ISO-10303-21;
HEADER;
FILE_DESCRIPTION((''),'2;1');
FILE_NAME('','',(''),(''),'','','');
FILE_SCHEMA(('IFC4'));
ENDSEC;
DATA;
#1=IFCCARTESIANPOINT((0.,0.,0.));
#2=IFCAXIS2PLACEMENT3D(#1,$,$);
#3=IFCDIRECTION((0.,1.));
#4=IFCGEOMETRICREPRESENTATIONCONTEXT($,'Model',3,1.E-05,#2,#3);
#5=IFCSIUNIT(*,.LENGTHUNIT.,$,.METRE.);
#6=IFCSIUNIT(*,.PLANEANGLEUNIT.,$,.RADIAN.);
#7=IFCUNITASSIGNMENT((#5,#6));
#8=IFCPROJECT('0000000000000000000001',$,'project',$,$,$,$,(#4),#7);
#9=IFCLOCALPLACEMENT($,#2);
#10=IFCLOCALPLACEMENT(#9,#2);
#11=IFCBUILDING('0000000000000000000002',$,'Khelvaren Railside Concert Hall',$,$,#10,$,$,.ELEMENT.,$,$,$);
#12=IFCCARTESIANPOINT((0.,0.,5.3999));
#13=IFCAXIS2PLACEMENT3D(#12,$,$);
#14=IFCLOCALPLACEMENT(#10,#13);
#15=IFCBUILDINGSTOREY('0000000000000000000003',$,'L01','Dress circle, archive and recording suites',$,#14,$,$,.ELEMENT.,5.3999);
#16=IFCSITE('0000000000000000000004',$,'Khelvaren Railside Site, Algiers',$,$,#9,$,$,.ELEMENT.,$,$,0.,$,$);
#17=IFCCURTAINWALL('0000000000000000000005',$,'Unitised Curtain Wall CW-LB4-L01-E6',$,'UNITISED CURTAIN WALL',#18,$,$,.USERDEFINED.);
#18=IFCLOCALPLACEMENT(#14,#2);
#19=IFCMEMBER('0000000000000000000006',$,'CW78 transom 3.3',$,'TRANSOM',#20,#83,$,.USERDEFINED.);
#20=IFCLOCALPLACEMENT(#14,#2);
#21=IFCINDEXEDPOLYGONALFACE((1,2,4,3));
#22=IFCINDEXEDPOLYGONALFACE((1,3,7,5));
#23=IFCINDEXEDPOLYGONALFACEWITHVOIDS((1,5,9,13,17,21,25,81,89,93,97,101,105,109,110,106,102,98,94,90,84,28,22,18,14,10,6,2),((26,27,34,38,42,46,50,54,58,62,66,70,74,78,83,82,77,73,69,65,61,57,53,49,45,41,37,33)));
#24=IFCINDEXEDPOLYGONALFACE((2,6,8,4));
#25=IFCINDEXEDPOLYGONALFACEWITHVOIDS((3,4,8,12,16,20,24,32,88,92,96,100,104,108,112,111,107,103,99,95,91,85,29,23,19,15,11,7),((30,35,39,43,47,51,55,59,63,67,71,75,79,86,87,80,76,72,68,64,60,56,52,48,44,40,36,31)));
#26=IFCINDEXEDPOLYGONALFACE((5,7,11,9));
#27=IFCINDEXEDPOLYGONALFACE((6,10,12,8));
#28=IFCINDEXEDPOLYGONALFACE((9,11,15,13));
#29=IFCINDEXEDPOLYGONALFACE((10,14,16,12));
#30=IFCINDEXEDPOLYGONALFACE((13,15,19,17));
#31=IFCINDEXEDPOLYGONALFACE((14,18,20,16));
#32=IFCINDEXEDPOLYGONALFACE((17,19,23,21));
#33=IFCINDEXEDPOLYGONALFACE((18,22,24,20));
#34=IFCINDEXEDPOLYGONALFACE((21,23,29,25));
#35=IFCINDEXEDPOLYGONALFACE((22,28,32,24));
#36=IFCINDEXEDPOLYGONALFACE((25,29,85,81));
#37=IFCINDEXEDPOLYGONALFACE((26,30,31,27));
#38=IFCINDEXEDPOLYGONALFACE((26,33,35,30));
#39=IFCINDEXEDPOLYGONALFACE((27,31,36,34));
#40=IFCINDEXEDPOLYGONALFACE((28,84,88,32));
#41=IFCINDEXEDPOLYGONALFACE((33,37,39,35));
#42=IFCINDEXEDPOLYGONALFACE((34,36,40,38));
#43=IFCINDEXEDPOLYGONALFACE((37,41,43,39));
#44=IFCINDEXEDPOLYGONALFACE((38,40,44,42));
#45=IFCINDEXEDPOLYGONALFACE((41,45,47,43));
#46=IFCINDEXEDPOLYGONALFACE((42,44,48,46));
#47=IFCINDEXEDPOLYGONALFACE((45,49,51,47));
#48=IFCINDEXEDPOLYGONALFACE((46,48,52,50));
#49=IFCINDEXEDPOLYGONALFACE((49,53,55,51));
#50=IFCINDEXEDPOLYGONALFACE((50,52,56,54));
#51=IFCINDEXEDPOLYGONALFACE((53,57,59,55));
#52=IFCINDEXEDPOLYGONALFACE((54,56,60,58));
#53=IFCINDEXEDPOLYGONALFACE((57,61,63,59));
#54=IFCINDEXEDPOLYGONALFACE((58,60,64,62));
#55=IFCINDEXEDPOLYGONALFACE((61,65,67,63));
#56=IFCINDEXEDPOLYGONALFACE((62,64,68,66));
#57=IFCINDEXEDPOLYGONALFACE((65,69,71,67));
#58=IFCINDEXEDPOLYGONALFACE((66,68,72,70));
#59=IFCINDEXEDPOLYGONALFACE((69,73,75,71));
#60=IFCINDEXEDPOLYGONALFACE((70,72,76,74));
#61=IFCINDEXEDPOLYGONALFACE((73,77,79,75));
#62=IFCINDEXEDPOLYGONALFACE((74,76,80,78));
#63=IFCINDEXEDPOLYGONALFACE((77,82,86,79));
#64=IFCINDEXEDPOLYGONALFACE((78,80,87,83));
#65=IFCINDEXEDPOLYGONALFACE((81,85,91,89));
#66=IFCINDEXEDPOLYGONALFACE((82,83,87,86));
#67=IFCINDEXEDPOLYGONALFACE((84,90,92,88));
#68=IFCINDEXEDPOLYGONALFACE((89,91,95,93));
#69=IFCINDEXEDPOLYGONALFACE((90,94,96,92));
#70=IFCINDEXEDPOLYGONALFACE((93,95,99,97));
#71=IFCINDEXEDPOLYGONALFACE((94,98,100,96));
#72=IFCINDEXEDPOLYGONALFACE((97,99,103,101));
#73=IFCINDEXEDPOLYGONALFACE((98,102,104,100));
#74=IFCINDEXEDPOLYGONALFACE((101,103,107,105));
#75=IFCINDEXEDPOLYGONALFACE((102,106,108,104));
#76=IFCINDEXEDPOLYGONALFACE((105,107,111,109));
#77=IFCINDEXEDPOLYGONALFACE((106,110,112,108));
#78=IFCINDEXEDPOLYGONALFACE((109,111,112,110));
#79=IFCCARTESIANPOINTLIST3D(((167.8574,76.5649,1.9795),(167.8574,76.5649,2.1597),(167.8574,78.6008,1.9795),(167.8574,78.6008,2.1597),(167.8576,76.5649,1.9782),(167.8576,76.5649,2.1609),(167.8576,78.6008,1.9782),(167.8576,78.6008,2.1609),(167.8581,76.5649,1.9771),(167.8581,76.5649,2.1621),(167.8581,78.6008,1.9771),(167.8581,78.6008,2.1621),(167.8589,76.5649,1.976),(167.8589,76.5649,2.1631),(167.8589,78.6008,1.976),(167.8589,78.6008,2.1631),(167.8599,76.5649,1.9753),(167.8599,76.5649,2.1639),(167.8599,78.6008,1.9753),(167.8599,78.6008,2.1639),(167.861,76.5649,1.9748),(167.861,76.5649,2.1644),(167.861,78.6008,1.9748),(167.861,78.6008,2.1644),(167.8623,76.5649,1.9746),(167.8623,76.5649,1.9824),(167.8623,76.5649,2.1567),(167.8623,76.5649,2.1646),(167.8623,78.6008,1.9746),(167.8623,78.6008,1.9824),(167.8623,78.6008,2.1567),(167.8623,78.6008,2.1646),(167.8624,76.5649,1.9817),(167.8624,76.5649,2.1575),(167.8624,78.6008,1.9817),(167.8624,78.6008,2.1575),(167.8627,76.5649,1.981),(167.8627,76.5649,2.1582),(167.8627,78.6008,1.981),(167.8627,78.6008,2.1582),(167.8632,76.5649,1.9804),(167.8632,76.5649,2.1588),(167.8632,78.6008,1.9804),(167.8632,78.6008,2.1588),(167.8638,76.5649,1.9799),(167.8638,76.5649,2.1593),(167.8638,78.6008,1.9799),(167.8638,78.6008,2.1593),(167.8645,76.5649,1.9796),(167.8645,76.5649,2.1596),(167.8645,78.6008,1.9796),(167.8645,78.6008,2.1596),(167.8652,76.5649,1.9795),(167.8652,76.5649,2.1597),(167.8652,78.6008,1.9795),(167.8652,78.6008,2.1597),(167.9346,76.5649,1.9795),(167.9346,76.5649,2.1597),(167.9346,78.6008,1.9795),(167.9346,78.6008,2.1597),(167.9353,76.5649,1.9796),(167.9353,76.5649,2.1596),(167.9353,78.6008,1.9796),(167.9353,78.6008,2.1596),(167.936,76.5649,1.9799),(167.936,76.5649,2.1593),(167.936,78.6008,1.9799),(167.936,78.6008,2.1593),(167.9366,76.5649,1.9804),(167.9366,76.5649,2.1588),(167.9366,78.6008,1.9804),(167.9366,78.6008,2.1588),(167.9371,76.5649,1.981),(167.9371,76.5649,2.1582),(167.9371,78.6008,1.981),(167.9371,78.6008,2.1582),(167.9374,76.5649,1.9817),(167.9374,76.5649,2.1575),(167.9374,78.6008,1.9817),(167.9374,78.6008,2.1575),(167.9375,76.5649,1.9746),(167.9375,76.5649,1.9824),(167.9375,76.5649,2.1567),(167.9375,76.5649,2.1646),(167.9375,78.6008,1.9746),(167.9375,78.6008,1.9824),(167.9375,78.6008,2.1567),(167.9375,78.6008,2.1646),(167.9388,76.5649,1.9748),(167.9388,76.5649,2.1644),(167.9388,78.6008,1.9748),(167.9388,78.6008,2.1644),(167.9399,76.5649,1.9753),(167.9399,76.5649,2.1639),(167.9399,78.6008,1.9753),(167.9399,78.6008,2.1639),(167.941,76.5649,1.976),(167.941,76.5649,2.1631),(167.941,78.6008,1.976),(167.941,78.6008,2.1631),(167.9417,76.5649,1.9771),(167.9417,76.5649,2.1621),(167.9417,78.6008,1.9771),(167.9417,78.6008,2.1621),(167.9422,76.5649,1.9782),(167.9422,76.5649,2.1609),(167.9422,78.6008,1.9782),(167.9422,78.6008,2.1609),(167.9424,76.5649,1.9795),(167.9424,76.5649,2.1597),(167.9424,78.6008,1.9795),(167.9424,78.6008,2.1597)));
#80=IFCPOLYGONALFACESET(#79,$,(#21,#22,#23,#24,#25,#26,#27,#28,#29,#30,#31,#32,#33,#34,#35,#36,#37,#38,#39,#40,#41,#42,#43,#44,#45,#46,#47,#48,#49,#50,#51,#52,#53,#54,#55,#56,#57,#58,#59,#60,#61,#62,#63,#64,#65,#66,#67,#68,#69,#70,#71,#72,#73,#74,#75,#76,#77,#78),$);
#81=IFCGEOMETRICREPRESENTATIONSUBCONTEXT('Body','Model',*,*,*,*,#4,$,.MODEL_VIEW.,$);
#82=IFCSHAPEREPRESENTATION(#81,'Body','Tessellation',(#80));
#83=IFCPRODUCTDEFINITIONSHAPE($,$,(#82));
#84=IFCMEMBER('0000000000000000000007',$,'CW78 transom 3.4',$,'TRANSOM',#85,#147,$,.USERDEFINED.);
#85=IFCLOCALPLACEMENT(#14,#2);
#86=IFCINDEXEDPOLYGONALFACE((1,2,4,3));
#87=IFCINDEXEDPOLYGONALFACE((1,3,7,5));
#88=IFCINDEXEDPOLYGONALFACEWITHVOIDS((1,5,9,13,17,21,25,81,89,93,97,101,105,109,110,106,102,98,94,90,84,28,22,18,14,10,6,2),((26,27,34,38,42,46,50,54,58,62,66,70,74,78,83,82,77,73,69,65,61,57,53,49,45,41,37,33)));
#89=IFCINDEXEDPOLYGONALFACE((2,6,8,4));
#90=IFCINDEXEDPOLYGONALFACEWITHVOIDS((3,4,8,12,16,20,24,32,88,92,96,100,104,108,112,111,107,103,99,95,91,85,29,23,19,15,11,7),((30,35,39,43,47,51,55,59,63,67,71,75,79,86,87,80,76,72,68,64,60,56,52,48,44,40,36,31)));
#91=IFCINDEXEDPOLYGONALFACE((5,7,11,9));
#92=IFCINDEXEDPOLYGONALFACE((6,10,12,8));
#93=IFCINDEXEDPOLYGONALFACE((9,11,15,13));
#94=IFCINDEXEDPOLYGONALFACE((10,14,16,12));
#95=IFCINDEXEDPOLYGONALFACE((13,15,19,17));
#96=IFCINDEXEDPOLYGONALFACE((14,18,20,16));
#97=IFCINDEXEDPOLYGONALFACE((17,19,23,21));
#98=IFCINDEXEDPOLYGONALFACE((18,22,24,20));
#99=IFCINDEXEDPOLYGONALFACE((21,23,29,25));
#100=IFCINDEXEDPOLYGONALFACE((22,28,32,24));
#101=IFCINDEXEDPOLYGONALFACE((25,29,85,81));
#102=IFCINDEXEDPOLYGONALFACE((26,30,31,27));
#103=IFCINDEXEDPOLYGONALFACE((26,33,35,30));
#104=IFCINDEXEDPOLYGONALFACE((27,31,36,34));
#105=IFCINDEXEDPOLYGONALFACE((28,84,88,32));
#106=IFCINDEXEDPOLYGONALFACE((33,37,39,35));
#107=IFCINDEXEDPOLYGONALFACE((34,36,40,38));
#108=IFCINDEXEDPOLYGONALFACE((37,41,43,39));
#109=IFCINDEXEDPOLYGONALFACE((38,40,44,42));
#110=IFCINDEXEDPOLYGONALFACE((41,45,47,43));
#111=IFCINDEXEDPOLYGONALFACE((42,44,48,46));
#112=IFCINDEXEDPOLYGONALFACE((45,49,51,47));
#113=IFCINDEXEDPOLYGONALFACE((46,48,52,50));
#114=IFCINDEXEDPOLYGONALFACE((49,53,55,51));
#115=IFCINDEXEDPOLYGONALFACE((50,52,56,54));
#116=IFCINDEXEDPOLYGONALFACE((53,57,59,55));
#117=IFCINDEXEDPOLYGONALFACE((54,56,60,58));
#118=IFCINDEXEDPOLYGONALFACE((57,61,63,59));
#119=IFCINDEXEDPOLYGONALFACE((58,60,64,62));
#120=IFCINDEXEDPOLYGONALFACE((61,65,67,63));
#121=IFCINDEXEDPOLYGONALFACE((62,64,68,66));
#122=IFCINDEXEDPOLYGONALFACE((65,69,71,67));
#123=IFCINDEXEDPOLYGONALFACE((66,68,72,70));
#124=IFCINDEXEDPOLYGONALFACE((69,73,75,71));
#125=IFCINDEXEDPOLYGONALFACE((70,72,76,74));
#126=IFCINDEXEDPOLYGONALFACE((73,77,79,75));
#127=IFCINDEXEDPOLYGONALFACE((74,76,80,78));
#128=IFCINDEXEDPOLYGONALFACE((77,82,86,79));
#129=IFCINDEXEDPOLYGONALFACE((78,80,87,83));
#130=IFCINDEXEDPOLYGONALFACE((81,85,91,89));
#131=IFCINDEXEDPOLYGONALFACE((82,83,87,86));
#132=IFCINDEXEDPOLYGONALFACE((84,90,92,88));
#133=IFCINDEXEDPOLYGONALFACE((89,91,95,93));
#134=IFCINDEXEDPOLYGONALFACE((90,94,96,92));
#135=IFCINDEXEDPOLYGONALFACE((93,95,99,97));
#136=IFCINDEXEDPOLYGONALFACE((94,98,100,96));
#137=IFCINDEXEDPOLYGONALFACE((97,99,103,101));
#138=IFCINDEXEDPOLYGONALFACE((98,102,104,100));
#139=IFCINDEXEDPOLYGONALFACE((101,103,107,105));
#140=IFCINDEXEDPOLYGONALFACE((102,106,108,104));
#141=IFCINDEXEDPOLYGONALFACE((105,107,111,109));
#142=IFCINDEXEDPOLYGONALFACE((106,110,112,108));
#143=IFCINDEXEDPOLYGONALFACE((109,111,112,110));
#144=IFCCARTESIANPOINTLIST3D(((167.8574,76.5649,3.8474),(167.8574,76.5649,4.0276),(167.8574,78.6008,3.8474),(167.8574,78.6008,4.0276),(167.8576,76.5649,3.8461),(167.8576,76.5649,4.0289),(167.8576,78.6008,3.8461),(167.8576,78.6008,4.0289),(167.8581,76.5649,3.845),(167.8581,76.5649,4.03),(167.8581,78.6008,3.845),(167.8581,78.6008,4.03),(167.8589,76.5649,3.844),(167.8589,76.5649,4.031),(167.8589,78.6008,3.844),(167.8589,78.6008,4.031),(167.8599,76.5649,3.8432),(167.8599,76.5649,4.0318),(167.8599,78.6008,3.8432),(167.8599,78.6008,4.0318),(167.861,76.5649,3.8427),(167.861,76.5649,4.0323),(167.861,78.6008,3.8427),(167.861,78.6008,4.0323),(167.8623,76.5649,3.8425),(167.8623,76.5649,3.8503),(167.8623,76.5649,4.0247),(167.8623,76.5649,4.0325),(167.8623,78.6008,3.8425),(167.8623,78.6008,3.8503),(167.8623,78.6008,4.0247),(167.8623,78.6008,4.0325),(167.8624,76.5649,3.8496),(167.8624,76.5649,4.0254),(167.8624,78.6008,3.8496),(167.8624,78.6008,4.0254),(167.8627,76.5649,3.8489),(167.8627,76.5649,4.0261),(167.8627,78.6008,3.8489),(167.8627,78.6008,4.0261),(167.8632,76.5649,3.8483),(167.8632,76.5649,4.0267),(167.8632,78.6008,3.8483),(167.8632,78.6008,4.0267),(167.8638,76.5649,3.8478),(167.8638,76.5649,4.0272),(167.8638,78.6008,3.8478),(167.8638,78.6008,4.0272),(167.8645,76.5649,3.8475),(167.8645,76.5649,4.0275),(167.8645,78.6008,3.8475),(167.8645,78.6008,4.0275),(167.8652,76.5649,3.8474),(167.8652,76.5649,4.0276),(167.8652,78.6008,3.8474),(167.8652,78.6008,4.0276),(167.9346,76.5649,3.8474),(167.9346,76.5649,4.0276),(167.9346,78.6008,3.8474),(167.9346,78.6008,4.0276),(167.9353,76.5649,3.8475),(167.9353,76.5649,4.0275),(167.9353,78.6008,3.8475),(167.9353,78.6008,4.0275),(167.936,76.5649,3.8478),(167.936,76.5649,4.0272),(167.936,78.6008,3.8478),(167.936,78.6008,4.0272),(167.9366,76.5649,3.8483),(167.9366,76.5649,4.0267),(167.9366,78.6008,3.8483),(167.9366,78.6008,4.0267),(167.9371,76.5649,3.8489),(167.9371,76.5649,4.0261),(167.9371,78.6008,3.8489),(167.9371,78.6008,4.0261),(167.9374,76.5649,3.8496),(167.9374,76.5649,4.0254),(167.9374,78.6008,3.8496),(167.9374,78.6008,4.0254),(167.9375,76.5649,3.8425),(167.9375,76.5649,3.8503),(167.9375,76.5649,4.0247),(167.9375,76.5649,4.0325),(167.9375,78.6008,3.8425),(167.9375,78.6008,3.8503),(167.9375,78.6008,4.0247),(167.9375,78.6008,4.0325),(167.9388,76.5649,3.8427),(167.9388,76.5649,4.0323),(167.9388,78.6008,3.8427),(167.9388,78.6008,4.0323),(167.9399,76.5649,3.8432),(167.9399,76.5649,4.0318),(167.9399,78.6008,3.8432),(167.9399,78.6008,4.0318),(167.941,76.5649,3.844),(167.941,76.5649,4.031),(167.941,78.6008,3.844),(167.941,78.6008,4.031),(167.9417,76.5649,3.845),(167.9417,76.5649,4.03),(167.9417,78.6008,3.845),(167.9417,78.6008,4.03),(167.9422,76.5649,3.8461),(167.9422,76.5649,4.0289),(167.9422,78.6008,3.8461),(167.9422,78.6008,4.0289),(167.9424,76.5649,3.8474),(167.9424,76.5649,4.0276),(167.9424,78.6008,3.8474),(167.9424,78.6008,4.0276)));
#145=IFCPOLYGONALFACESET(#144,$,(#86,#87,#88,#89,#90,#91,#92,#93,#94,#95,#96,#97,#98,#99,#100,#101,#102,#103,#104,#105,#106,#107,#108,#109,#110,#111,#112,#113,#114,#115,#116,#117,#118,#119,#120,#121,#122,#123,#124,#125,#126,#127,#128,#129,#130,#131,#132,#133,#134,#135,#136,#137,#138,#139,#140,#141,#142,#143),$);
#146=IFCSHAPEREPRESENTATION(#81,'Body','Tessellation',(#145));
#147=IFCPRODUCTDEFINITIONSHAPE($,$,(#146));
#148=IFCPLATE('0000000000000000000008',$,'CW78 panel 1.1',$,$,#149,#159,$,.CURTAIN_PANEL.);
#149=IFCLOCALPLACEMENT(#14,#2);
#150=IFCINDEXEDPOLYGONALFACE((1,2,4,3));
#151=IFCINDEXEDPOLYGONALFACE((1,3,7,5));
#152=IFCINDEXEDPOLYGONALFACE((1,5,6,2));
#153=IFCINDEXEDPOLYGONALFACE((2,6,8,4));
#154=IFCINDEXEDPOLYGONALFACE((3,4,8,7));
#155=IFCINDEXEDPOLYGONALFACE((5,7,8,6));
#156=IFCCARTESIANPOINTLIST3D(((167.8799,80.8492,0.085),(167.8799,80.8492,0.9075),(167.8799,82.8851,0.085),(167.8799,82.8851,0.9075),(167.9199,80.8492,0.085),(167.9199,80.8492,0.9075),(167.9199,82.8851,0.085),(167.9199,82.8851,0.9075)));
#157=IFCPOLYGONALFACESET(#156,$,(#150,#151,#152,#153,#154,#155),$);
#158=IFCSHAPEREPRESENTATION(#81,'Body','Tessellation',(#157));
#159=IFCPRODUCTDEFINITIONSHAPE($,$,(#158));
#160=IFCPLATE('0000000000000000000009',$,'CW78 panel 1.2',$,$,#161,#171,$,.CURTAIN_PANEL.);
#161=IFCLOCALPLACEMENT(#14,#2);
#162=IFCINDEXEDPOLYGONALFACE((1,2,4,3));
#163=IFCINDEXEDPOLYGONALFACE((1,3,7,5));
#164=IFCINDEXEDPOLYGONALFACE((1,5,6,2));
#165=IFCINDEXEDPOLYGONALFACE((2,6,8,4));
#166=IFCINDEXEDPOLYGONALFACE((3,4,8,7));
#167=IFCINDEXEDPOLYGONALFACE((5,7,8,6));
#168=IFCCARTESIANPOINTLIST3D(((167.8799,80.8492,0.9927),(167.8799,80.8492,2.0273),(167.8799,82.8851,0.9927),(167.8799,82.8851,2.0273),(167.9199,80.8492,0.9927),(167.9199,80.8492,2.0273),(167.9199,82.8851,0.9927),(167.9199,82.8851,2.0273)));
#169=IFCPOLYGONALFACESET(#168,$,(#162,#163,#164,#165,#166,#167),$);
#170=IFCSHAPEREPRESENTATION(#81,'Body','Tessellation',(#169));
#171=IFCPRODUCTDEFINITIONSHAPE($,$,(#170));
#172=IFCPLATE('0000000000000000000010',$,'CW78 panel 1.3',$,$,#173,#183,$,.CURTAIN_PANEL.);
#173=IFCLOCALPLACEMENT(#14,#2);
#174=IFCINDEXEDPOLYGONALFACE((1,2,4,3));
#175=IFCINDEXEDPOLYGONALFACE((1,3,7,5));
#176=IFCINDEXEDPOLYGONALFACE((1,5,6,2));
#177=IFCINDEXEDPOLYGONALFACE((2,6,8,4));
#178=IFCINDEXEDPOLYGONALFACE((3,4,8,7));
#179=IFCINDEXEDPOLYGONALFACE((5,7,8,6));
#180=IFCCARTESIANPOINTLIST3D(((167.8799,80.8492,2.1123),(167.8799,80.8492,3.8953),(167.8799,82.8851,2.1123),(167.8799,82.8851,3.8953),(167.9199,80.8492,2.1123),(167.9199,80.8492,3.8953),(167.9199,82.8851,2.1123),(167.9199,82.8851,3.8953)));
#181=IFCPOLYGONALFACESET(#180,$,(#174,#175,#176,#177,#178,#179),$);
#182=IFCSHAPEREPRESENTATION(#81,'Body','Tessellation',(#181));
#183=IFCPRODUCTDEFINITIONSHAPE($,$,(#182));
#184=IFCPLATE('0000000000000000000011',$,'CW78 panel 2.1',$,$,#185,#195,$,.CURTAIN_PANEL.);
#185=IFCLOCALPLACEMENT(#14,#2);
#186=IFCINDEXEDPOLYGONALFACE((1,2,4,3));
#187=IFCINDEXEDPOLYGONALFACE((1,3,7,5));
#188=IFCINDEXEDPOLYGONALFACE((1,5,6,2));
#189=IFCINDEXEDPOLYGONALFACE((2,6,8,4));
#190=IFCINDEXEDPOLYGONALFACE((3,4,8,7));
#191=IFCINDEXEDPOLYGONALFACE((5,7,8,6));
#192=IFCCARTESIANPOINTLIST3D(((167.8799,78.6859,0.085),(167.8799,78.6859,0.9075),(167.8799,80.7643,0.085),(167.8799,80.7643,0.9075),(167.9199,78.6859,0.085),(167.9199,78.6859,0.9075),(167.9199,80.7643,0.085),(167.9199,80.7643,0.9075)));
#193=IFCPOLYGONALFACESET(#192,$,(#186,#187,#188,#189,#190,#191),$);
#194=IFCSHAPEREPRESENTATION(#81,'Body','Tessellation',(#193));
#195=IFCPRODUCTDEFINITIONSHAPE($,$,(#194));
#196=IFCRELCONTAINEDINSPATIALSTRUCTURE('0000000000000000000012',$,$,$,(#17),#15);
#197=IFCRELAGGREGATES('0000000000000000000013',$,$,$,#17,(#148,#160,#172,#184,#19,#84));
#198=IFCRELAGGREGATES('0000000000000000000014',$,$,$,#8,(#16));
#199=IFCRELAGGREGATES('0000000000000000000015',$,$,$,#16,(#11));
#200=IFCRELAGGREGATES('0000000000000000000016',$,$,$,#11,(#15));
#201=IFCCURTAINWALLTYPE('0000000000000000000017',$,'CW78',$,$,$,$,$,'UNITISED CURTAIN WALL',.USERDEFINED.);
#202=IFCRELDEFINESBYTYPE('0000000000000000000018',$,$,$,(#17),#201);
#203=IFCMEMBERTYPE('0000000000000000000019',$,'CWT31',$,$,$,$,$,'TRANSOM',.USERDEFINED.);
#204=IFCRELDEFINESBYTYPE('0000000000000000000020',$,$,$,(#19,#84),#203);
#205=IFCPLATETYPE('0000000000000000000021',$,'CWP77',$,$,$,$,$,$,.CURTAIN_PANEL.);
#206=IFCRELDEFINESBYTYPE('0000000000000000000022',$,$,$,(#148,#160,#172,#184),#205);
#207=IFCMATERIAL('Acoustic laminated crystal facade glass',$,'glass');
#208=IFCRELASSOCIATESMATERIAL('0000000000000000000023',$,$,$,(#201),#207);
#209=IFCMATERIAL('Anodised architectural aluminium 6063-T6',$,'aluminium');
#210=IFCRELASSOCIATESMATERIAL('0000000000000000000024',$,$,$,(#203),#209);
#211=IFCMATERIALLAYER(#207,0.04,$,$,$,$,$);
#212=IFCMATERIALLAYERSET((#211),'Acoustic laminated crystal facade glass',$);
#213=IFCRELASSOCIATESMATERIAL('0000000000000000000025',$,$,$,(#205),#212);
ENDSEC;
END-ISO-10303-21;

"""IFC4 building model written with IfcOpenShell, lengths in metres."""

from ifc_helpers import new_model, si_unit, direction, frame, origin, origin_2d, place, context, subcontext, project, spatial, rectangle, hollow_rectangle, extrude, material, layer, layer_set, material_profile, profile_set, type_object, element, aggregate, save


model = new_model("IFC4")

# Units and contexts
model_context = context("Model", 3, precision=1e-05, world=origin(), true_north=direction((0.0, 1.0)))
body_context = subcontext(model_context, "Body", "Model", "MODEL_VIEW")
ifc_project = project(units=[si_unit("LENGTHUNIT", "METRE"), si_unit("PLANEANGLEUNIT", "RADIAN")], contexts=[model_context])

# Site, building, storey
site_placement = place(None, origin())
site = spatial("IfcSite", under=ifc_project, at=site_placement, Name="Khelvaren Railside Site, Algiers", CompositionType="ELEMENT", RefElevation=0.0)
building_placement = place(site_placement, origin())
building = spatial("IfcBuilding", under=site, at=building_placement, Name="Khelvaren Railside Concert Hall", CompositionType="ELEMENT")
storey_placement = place(building_placement, frame((0.0, 0.0, 5.3999)))
storey = spatial("IfcBuildingStorey", under=building, at=storey_placement, Name="L01", Description="Dress circle, archive and recording suites", CompositionType="ELEMENT", Elevation=5.3999)

# Curtain wall, members, plates
ifc_material_1 = material(Name="Acoustic laminated crystal facade glass", Category="glass")
curtain_wall_type = type_object("IfcCurtainWallType", Name="CW78", ElementType="UNITISED CURTAIN WALL", PredefinedType="USERDEFINED", material=ifc_material_1)
curtain_wall_placement = place(storey_placement, origin())
curtain_wall = element("IfcCurtainWall", 1, at=curtain_wall_placement, inside=storey, type_object=curtain_wall_type, Name="Unitised Curtain Wall CW-LB4-L01-E6", ObjectType="UNITISED CURTAIN WALL", PredefinedType="USERDEFINED")
ifc_material_2 = material(Name="Anodised architectural aluminium 6063-T6", Category="aluminium")
ifc_material_profile_1 = material_profile(ifc_material_2, hollow_rectangle(XDim=0.085, YDim=0.1899, WallThickness=0.0049, InnerFilletRadius=0.0029, OuterFilletRadius=0.0049, at=origin_2d()), Name="CWT 85x190x5")
ifc_profile_set_1 = profile_set([ifc_material_profile_1], Name="Anodised architectural aluminium 6063-T6")
member_type_1 = type_object("IfcMemberType", Name="CWT31", ElementType="TRANSOM", PredefinedType="USERDEFINED", material=ifc_profile_set_1)
member_1_placement = place(storey_placement, frame((167.8999, 78.6008, 2.0696), z_axis=(0.0, -1.0, 0.0), x_axis=(1.0, 0.0, 0.0)))
member_1 = element("IfcMember", 2, at=member_1_placement, type_object=member_type_1, Name="CW78 transom 3.3", ObjectType="TRANSOM", PredefinedType="USERDEFINED", context=body_context, shape_type="SweptSolid", body=[
    extrude(hollow_rectangle(XDim=0.085, YDim=0.1899, WallThickness=0.0049, InnerFilletRadius=0.0029, OuterFilletRadius=0.0049, at=origin_2d()), origin(), (0.0, 0.0, 1.0), 2.0359),
])
member_2_placement = place(storey_placement, frame((167.8999, 78.6008, 3.9375), z_axis=(0.0, -1.0, 0.0), x_axis=(1.0, 0.0, 0.0)))
member_2 = element("IfcMember", 3, at=member_2_placement, type_object=member_type_1, Name="CW78 transom 3.4", ObjectType="TRANSOM", PredefinedType="USERDEFINED", context=body_context, shape_type="SweptSolid", body=[
    extrude(hollow_rectangle(XDim=0.085, YDim=0.1899, WallThickness=0.0049, InnerFilletRadius=0.0029, OuterFilletRadius=0.0049, at=origin_2d()), origin(), (0.0, 0.0, 1.0), 2.0359),
])
ifc_layer = layer(ifc_material_1, 0.04)
ifc_layer_set = layer_set([ifc_layer], Name="Acoustic laminated crystal facade glass")
plate_type = type_object("IfcPlateType", Name="CWP77", PredefinedType="CURTAIN_PANEL", material=ifc_layer_set)
plate_1_placement = place(storey_placement, frame((167.8999, 81.8672, 0.085), z_axis=(0.0, 0.0, 1.0), x_axis=(0.0, -1.0, 0.0)))
plate_1 = element("IfcPlate", 4, at=plate_1_placement, type_object=plate_type, Name="CW78 panel 1.1", PredefinedType="CURTAIN_PANEL", context=body_context, shape_type="SweptSolid", body=[
    extrude(rectangle(XDim=2.0359, YDim=0.04, at=origin_2d()), origin(), (0.0, 0.0, 1.0), 0.8225),
])
plate_2_placement = place(storey_placement, frame((167.8999, 81.8672, 0.9927), z_axis=(0.0, 0.0, 1.0), x_axis=(0.0, -1.0, 0.0)))
plate_2 = element("IfcPlate", 5, at=plate_2_placement, type_object=plate_type, Name="CW78 panel 1.2", PredefinedType="CURTAIN_PANEL", context=body_context, shape_type="SweptSolid", body=[
    extrude(rectangle(XDim=2.0359, YDim=0.04, at=origin_2d()), origin(), (0.0, 0.0, 1.0), 1.0347),
])
plate_3_placement = place(storey_placement, frame((167.8999, 81.8672, 2.1123), z_axis=(0.0, 0.0, 1.0), x_axis=(0.0, -1.0, 0.0)))
plate_3 = element("IfcPlate", 6, at=plate_3_placement, type_object=plate_type, Name="CW78 panel 1.3", PredefinedType="CURTAIN_PANEL", context=body_context, shape_type="SweptSolid", body=[
    extrude(rectangle(XDim=2.0359, YDim=0.04, at=origin_2d()), origin(), (0.0, 0.0, 1.0), 1.783),
])
plate_4_placement = place(storey_placement, frame((167.8999, 79.7251, 0.085), z_axis=(0.0, 0.0, 1.0), x_axis=(0.0, -1.0, 0.0)))
plate_4 = element("IfcPlate", 7, at=plate_4_placement, type_object=plate_type, Name="CW78 panel 2.1", PredefinedType="CURTAIN_PANEL", context=body_context, shape_type="SweptSolid", body=[
    extrude(rectangle(XDim=2.0784, YDim=0.04, at=origin_2d()), origin(), (0.0, 0.0, 1.0), 0.8225),
])
aggregate(curtain_wall, [plate_1, plate_2, plate_3, plate_4, member_1, member_2])

save(model, "model.ifc")
